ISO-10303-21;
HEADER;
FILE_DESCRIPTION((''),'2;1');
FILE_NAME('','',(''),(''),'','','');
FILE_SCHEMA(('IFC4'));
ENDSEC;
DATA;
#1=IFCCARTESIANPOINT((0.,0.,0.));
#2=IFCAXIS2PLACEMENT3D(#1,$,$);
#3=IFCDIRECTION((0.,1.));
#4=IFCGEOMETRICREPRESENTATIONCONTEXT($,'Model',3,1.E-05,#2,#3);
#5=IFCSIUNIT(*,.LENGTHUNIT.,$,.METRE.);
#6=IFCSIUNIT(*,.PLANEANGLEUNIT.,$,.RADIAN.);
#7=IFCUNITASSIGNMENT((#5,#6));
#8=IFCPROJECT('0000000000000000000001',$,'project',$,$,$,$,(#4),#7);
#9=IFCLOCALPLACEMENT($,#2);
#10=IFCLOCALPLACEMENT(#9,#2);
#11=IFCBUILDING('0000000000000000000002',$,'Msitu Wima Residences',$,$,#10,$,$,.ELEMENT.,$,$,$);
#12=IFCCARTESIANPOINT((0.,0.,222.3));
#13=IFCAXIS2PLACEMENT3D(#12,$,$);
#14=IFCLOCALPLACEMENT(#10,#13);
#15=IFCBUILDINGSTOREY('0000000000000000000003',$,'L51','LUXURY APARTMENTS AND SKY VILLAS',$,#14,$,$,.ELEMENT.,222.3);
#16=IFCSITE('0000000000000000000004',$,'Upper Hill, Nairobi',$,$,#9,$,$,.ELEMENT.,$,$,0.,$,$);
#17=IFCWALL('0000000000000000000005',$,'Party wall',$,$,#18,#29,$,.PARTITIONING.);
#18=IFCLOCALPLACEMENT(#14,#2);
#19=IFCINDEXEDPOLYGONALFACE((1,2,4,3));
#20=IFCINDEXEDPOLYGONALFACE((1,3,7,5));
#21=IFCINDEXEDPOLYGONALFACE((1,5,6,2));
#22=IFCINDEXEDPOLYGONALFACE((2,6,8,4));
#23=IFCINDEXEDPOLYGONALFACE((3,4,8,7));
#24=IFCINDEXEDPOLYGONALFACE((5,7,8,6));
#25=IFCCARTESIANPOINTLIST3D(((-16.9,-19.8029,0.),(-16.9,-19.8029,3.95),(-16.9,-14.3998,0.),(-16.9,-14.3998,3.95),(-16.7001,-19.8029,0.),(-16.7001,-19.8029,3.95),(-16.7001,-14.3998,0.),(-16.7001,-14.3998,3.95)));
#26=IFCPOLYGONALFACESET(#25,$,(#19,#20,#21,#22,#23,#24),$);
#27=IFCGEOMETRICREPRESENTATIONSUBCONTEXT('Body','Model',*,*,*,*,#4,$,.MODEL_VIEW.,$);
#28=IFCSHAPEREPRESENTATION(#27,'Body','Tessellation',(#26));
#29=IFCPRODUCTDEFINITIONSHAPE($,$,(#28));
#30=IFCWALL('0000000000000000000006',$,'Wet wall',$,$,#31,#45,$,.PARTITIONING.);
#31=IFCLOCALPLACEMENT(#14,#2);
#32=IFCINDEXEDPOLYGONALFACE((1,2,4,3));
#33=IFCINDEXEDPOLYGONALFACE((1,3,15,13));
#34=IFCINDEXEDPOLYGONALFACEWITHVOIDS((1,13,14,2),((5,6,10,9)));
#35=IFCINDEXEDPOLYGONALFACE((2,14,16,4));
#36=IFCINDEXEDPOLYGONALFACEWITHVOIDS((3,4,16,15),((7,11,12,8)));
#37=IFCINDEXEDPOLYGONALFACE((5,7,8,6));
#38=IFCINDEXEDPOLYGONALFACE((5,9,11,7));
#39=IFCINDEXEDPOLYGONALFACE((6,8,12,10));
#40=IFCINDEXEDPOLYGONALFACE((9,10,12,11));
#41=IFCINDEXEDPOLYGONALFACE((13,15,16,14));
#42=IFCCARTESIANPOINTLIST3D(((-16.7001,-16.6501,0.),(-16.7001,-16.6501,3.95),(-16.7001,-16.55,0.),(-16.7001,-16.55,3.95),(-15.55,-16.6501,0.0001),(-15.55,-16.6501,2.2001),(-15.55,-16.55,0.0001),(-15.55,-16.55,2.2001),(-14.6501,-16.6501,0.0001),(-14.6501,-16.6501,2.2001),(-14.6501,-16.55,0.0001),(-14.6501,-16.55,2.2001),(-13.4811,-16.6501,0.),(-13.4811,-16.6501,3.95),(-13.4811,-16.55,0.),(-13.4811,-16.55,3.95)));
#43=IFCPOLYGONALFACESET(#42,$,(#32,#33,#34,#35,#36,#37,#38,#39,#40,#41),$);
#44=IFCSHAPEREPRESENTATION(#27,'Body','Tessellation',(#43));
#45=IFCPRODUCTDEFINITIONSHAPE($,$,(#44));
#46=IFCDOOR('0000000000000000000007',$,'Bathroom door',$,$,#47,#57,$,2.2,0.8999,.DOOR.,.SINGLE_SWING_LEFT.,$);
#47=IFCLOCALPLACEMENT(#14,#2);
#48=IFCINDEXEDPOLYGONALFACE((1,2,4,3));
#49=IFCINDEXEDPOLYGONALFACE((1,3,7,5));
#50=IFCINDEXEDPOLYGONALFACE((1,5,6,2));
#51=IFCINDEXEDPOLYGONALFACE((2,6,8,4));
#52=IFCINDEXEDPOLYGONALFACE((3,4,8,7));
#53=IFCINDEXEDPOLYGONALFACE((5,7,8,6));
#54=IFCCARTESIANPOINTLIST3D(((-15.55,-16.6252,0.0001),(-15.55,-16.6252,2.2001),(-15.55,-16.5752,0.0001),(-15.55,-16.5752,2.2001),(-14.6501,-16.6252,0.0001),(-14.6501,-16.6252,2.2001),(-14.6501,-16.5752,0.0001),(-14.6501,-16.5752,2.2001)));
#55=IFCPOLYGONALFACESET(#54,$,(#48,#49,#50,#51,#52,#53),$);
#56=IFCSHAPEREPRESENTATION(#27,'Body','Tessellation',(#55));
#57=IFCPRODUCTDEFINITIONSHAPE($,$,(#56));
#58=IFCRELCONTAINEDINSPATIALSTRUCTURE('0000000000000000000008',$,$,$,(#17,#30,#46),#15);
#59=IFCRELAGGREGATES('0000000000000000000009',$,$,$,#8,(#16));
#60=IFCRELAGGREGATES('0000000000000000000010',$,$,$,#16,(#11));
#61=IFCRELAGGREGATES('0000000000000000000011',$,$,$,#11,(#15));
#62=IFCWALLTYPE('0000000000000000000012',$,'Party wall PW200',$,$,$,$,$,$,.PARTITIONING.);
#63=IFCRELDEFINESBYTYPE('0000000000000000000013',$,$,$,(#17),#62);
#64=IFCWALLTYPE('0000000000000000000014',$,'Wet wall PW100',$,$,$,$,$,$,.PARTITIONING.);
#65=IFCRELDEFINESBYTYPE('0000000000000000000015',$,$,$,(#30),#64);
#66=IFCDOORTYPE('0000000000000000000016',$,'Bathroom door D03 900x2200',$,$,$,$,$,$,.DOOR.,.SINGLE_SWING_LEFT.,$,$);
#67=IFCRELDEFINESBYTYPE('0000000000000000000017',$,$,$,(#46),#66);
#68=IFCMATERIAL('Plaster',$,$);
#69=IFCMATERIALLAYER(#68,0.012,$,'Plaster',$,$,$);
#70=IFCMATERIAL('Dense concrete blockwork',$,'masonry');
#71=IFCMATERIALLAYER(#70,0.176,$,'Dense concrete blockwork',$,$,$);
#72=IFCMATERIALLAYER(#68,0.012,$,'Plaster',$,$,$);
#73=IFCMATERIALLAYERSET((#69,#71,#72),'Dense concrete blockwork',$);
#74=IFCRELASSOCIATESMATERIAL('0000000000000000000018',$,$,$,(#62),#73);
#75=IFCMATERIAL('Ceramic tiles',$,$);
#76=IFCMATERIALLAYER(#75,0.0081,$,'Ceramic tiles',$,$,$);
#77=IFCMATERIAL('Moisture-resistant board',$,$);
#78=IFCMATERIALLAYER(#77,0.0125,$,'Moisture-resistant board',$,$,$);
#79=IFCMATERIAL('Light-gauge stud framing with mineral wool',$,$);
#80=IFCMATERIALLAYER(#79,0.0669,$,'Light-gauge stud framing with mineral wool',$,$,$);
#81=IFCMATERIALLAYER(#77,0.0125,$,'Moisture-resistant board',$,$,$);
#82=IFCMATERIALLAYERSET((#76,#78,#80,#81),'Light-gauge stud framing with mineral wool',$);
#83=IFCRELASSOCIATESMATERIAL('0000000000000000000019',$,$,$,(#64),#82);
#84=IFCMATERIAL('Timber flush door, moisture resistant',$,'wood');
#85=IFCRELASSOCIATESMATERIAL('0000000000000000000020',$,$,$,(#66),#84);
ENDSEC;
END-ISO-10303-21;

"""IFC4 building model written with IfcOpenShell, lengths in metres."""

from ifc_helpers import new_model, si_unit, direction, frame, frame_2d, origin, place, context, subcontext, project, spatial, rectangle, extrude, material, layer, layer_set, type_object, element, fill, save


model = new_model("IFC4")

# Units and contexts
model_context = context("Model", 3, precision=1e-05, world=origin(), true_north=direction((0.0, 1.0)))
body_context = subcontext(model_context, "Body", "Model", "MODEL_VIEW")
ifc_project = project(units=[si_unit("LENGTHUNIT", "METRE"), si_unit("PLANEANGLEUNIT", "RADIAN")], contexts=[model_context])

# Site, building, storey
site_placement = place(None, origin())
site = spatial("IfcSite", under=ifc_project, at=site_placement, Name="Upper Hill, Nairobi", CompositionType="ELEMENT", RefElevation=0.0)
building_placement = place(site_placement, origin())
building = spatial("IfcBuilding", under=site, at=building_placement, Name="Msitu Wima Residences", CompositionType="ELEMENT")
storey_placement = place(building_placement, frame((0.0, 0.0, 222.3)))
storey = spatial("IfcBuildingStorey", under=building, at=storey_placement, Name="L51", Description="LUXURY APARTMENTS AND SKY VILLAS", CompositionType="ELEMENT", Elevation=222.3)

# Shared definitions
ifc_material_1 = material(Name="Plaster")

# Wall
ifc_layer_1 = layer(ifc_material_1, 0.012, Name="Plaster")
ifc_material_2 = material(Name="Dense concrete blockwork", Category="masonry")
ifc_layer_2 = layer(ifc_material_2, 0.176, Name="Dense concrete blockwork")
ifc_layer_3 = layer(ifc_material_1, 0.012, Name="Plaster")
ifc_layer_set_1 = layer_set([ifc_layer_1, ifc_layer_2, ifc_layer_3], Name="Dense concrete blockwork")
wall_type_1 = type_object("IfcWallType", Name="Party wall PW200", PredefinedType="PARTITIONING", material=ifc_layer_set_1)
wall_1_placement = place(storey_placement, frame((-16.8, -19.803, 0.0), z_axis=(0.0, 0.0, 1.0), x_axis=(0.0, 1.0, 0.0)))
element("IfcWall", 1, at=wall_1_placement, inside=storey, type_object=wall_type_1, Name="Party wall", PredefinedType="PARTITIONING", context=body_context, shape_type="SweptSolid", body=[
    extrude(rectangle(XDim=5.4031, YDim=0.2, at=frame_2d((2.7017, 0.0))), origin(), (0.0, 0.0, 1.0), 3.95),
])

# Wall, opening, door
ifc_material_3 = material(Name="Ceramic tiles")
ifc_layer_4 = layer(ifc_material_3, 0.0081, Name="Ceramic tiles")
ifc_material_4 = material(Name="Moisture-resistant board")
ifc_layer_5 = layer(ifc_material_4, 0.0125, Name="Moisture-resistant board")
ifc_material_5 = material(Name="Light-gauge stud framing with mineral wool")
ifc_layer_6 = layer(ifc_material_5, 0.0669, Name="Light-gauge stud framing with mineral wool")
ifc_layer_7 = layer(ifc_material_4, 0.0125, Name="Moisture-resistant board")
ifc_layer_set_2 = layer_set([ifc_layer_4, ifc_layer_5, ifc_layer_6, ifc_layer_7], Name="Light-gauge stud framing with mineral wool")
wall_type_2 = type_object("IfcWallType", Name="Wet wall PW100", PredefinedType="PARTITIONING", material=ifc_layer_set_2)
wall_2_placement = place(storey_placement, frame((-16.7, -16.6001, 0.0), z_axis=(0.0, 0.0, 1.0), x_axis=(1.0, 0.0, 0.0)))
wall_2 = element("IfcWall", 2, at=wall_2_placement, inside=storey, type_object=wall_type_2, Name="Wet wall", PredefinedType="PARTITIONING", context=body_context, shape_type="SweptSolid", body=[
    extrude(rectangle(XDim=3.219, YDim=0.1001, at=frame_2d((1.6094, 0.0))), origin(), (0.0, 0.0, 1.0), 3.95),
])
opening_1_placement = place(wall_2_placement, frame((1.1499, 0.0, 0.0)))
opening_1 = element("IfcOpeningElement", 3, at=opening_1_placement, cuts=wall_2, PredefinedType="OPENING", context=body_context, shape_type="SweptSolid", body=[
    extrude(rectangle(XDim=0.8999, YDim=2.2, at=frame_2d((0.45, 1.1001))), frame((0.0, 0.0601, 0.0), z_axis=(0.0, -1.0, 0.0), x_axis=(1.0, 0.0, 0.0)), (0.0, 0.0, 1.0), 0.1201),
])
ifc_material_6 = material(Name="Timber flush door, moisture resistant", Category="wood")
door_type_1 = type_object("IfcDoorType", Name="Bathroom door D03 900x2200", OperationType="SINGLE_SWING_LEFT", PredefinedType="DOOR", material=ifc_material_6)
door_1_placement = place(opening_1_placement, origin())
door_1 = element("IfcDoor", 4, at=door_1_placement, inside=storey, type_object=door_type_1, Name="Bathroom door", OperationType="SINGLE_SWING_LEFT", OverallHeight=2.2, OverallWidth=0.8999, PredefinedType="DOOR", context=body_context, shape_type="SweptSolid", body=[
    extrude(rectangle(XDim=0.8999, YDim=2.2, at=frame_2d((0.45, 1.1001))), frame((0.0, 0.0249, 0.0), z_axis=(0.0, -1.0, 0.0), x_axis=(1.0, 0.0, 0.0)), (0.0, 0.0, 1.0), 0.05),
])
fill(opening_1, door_1)

save(model, "model.ifc")
